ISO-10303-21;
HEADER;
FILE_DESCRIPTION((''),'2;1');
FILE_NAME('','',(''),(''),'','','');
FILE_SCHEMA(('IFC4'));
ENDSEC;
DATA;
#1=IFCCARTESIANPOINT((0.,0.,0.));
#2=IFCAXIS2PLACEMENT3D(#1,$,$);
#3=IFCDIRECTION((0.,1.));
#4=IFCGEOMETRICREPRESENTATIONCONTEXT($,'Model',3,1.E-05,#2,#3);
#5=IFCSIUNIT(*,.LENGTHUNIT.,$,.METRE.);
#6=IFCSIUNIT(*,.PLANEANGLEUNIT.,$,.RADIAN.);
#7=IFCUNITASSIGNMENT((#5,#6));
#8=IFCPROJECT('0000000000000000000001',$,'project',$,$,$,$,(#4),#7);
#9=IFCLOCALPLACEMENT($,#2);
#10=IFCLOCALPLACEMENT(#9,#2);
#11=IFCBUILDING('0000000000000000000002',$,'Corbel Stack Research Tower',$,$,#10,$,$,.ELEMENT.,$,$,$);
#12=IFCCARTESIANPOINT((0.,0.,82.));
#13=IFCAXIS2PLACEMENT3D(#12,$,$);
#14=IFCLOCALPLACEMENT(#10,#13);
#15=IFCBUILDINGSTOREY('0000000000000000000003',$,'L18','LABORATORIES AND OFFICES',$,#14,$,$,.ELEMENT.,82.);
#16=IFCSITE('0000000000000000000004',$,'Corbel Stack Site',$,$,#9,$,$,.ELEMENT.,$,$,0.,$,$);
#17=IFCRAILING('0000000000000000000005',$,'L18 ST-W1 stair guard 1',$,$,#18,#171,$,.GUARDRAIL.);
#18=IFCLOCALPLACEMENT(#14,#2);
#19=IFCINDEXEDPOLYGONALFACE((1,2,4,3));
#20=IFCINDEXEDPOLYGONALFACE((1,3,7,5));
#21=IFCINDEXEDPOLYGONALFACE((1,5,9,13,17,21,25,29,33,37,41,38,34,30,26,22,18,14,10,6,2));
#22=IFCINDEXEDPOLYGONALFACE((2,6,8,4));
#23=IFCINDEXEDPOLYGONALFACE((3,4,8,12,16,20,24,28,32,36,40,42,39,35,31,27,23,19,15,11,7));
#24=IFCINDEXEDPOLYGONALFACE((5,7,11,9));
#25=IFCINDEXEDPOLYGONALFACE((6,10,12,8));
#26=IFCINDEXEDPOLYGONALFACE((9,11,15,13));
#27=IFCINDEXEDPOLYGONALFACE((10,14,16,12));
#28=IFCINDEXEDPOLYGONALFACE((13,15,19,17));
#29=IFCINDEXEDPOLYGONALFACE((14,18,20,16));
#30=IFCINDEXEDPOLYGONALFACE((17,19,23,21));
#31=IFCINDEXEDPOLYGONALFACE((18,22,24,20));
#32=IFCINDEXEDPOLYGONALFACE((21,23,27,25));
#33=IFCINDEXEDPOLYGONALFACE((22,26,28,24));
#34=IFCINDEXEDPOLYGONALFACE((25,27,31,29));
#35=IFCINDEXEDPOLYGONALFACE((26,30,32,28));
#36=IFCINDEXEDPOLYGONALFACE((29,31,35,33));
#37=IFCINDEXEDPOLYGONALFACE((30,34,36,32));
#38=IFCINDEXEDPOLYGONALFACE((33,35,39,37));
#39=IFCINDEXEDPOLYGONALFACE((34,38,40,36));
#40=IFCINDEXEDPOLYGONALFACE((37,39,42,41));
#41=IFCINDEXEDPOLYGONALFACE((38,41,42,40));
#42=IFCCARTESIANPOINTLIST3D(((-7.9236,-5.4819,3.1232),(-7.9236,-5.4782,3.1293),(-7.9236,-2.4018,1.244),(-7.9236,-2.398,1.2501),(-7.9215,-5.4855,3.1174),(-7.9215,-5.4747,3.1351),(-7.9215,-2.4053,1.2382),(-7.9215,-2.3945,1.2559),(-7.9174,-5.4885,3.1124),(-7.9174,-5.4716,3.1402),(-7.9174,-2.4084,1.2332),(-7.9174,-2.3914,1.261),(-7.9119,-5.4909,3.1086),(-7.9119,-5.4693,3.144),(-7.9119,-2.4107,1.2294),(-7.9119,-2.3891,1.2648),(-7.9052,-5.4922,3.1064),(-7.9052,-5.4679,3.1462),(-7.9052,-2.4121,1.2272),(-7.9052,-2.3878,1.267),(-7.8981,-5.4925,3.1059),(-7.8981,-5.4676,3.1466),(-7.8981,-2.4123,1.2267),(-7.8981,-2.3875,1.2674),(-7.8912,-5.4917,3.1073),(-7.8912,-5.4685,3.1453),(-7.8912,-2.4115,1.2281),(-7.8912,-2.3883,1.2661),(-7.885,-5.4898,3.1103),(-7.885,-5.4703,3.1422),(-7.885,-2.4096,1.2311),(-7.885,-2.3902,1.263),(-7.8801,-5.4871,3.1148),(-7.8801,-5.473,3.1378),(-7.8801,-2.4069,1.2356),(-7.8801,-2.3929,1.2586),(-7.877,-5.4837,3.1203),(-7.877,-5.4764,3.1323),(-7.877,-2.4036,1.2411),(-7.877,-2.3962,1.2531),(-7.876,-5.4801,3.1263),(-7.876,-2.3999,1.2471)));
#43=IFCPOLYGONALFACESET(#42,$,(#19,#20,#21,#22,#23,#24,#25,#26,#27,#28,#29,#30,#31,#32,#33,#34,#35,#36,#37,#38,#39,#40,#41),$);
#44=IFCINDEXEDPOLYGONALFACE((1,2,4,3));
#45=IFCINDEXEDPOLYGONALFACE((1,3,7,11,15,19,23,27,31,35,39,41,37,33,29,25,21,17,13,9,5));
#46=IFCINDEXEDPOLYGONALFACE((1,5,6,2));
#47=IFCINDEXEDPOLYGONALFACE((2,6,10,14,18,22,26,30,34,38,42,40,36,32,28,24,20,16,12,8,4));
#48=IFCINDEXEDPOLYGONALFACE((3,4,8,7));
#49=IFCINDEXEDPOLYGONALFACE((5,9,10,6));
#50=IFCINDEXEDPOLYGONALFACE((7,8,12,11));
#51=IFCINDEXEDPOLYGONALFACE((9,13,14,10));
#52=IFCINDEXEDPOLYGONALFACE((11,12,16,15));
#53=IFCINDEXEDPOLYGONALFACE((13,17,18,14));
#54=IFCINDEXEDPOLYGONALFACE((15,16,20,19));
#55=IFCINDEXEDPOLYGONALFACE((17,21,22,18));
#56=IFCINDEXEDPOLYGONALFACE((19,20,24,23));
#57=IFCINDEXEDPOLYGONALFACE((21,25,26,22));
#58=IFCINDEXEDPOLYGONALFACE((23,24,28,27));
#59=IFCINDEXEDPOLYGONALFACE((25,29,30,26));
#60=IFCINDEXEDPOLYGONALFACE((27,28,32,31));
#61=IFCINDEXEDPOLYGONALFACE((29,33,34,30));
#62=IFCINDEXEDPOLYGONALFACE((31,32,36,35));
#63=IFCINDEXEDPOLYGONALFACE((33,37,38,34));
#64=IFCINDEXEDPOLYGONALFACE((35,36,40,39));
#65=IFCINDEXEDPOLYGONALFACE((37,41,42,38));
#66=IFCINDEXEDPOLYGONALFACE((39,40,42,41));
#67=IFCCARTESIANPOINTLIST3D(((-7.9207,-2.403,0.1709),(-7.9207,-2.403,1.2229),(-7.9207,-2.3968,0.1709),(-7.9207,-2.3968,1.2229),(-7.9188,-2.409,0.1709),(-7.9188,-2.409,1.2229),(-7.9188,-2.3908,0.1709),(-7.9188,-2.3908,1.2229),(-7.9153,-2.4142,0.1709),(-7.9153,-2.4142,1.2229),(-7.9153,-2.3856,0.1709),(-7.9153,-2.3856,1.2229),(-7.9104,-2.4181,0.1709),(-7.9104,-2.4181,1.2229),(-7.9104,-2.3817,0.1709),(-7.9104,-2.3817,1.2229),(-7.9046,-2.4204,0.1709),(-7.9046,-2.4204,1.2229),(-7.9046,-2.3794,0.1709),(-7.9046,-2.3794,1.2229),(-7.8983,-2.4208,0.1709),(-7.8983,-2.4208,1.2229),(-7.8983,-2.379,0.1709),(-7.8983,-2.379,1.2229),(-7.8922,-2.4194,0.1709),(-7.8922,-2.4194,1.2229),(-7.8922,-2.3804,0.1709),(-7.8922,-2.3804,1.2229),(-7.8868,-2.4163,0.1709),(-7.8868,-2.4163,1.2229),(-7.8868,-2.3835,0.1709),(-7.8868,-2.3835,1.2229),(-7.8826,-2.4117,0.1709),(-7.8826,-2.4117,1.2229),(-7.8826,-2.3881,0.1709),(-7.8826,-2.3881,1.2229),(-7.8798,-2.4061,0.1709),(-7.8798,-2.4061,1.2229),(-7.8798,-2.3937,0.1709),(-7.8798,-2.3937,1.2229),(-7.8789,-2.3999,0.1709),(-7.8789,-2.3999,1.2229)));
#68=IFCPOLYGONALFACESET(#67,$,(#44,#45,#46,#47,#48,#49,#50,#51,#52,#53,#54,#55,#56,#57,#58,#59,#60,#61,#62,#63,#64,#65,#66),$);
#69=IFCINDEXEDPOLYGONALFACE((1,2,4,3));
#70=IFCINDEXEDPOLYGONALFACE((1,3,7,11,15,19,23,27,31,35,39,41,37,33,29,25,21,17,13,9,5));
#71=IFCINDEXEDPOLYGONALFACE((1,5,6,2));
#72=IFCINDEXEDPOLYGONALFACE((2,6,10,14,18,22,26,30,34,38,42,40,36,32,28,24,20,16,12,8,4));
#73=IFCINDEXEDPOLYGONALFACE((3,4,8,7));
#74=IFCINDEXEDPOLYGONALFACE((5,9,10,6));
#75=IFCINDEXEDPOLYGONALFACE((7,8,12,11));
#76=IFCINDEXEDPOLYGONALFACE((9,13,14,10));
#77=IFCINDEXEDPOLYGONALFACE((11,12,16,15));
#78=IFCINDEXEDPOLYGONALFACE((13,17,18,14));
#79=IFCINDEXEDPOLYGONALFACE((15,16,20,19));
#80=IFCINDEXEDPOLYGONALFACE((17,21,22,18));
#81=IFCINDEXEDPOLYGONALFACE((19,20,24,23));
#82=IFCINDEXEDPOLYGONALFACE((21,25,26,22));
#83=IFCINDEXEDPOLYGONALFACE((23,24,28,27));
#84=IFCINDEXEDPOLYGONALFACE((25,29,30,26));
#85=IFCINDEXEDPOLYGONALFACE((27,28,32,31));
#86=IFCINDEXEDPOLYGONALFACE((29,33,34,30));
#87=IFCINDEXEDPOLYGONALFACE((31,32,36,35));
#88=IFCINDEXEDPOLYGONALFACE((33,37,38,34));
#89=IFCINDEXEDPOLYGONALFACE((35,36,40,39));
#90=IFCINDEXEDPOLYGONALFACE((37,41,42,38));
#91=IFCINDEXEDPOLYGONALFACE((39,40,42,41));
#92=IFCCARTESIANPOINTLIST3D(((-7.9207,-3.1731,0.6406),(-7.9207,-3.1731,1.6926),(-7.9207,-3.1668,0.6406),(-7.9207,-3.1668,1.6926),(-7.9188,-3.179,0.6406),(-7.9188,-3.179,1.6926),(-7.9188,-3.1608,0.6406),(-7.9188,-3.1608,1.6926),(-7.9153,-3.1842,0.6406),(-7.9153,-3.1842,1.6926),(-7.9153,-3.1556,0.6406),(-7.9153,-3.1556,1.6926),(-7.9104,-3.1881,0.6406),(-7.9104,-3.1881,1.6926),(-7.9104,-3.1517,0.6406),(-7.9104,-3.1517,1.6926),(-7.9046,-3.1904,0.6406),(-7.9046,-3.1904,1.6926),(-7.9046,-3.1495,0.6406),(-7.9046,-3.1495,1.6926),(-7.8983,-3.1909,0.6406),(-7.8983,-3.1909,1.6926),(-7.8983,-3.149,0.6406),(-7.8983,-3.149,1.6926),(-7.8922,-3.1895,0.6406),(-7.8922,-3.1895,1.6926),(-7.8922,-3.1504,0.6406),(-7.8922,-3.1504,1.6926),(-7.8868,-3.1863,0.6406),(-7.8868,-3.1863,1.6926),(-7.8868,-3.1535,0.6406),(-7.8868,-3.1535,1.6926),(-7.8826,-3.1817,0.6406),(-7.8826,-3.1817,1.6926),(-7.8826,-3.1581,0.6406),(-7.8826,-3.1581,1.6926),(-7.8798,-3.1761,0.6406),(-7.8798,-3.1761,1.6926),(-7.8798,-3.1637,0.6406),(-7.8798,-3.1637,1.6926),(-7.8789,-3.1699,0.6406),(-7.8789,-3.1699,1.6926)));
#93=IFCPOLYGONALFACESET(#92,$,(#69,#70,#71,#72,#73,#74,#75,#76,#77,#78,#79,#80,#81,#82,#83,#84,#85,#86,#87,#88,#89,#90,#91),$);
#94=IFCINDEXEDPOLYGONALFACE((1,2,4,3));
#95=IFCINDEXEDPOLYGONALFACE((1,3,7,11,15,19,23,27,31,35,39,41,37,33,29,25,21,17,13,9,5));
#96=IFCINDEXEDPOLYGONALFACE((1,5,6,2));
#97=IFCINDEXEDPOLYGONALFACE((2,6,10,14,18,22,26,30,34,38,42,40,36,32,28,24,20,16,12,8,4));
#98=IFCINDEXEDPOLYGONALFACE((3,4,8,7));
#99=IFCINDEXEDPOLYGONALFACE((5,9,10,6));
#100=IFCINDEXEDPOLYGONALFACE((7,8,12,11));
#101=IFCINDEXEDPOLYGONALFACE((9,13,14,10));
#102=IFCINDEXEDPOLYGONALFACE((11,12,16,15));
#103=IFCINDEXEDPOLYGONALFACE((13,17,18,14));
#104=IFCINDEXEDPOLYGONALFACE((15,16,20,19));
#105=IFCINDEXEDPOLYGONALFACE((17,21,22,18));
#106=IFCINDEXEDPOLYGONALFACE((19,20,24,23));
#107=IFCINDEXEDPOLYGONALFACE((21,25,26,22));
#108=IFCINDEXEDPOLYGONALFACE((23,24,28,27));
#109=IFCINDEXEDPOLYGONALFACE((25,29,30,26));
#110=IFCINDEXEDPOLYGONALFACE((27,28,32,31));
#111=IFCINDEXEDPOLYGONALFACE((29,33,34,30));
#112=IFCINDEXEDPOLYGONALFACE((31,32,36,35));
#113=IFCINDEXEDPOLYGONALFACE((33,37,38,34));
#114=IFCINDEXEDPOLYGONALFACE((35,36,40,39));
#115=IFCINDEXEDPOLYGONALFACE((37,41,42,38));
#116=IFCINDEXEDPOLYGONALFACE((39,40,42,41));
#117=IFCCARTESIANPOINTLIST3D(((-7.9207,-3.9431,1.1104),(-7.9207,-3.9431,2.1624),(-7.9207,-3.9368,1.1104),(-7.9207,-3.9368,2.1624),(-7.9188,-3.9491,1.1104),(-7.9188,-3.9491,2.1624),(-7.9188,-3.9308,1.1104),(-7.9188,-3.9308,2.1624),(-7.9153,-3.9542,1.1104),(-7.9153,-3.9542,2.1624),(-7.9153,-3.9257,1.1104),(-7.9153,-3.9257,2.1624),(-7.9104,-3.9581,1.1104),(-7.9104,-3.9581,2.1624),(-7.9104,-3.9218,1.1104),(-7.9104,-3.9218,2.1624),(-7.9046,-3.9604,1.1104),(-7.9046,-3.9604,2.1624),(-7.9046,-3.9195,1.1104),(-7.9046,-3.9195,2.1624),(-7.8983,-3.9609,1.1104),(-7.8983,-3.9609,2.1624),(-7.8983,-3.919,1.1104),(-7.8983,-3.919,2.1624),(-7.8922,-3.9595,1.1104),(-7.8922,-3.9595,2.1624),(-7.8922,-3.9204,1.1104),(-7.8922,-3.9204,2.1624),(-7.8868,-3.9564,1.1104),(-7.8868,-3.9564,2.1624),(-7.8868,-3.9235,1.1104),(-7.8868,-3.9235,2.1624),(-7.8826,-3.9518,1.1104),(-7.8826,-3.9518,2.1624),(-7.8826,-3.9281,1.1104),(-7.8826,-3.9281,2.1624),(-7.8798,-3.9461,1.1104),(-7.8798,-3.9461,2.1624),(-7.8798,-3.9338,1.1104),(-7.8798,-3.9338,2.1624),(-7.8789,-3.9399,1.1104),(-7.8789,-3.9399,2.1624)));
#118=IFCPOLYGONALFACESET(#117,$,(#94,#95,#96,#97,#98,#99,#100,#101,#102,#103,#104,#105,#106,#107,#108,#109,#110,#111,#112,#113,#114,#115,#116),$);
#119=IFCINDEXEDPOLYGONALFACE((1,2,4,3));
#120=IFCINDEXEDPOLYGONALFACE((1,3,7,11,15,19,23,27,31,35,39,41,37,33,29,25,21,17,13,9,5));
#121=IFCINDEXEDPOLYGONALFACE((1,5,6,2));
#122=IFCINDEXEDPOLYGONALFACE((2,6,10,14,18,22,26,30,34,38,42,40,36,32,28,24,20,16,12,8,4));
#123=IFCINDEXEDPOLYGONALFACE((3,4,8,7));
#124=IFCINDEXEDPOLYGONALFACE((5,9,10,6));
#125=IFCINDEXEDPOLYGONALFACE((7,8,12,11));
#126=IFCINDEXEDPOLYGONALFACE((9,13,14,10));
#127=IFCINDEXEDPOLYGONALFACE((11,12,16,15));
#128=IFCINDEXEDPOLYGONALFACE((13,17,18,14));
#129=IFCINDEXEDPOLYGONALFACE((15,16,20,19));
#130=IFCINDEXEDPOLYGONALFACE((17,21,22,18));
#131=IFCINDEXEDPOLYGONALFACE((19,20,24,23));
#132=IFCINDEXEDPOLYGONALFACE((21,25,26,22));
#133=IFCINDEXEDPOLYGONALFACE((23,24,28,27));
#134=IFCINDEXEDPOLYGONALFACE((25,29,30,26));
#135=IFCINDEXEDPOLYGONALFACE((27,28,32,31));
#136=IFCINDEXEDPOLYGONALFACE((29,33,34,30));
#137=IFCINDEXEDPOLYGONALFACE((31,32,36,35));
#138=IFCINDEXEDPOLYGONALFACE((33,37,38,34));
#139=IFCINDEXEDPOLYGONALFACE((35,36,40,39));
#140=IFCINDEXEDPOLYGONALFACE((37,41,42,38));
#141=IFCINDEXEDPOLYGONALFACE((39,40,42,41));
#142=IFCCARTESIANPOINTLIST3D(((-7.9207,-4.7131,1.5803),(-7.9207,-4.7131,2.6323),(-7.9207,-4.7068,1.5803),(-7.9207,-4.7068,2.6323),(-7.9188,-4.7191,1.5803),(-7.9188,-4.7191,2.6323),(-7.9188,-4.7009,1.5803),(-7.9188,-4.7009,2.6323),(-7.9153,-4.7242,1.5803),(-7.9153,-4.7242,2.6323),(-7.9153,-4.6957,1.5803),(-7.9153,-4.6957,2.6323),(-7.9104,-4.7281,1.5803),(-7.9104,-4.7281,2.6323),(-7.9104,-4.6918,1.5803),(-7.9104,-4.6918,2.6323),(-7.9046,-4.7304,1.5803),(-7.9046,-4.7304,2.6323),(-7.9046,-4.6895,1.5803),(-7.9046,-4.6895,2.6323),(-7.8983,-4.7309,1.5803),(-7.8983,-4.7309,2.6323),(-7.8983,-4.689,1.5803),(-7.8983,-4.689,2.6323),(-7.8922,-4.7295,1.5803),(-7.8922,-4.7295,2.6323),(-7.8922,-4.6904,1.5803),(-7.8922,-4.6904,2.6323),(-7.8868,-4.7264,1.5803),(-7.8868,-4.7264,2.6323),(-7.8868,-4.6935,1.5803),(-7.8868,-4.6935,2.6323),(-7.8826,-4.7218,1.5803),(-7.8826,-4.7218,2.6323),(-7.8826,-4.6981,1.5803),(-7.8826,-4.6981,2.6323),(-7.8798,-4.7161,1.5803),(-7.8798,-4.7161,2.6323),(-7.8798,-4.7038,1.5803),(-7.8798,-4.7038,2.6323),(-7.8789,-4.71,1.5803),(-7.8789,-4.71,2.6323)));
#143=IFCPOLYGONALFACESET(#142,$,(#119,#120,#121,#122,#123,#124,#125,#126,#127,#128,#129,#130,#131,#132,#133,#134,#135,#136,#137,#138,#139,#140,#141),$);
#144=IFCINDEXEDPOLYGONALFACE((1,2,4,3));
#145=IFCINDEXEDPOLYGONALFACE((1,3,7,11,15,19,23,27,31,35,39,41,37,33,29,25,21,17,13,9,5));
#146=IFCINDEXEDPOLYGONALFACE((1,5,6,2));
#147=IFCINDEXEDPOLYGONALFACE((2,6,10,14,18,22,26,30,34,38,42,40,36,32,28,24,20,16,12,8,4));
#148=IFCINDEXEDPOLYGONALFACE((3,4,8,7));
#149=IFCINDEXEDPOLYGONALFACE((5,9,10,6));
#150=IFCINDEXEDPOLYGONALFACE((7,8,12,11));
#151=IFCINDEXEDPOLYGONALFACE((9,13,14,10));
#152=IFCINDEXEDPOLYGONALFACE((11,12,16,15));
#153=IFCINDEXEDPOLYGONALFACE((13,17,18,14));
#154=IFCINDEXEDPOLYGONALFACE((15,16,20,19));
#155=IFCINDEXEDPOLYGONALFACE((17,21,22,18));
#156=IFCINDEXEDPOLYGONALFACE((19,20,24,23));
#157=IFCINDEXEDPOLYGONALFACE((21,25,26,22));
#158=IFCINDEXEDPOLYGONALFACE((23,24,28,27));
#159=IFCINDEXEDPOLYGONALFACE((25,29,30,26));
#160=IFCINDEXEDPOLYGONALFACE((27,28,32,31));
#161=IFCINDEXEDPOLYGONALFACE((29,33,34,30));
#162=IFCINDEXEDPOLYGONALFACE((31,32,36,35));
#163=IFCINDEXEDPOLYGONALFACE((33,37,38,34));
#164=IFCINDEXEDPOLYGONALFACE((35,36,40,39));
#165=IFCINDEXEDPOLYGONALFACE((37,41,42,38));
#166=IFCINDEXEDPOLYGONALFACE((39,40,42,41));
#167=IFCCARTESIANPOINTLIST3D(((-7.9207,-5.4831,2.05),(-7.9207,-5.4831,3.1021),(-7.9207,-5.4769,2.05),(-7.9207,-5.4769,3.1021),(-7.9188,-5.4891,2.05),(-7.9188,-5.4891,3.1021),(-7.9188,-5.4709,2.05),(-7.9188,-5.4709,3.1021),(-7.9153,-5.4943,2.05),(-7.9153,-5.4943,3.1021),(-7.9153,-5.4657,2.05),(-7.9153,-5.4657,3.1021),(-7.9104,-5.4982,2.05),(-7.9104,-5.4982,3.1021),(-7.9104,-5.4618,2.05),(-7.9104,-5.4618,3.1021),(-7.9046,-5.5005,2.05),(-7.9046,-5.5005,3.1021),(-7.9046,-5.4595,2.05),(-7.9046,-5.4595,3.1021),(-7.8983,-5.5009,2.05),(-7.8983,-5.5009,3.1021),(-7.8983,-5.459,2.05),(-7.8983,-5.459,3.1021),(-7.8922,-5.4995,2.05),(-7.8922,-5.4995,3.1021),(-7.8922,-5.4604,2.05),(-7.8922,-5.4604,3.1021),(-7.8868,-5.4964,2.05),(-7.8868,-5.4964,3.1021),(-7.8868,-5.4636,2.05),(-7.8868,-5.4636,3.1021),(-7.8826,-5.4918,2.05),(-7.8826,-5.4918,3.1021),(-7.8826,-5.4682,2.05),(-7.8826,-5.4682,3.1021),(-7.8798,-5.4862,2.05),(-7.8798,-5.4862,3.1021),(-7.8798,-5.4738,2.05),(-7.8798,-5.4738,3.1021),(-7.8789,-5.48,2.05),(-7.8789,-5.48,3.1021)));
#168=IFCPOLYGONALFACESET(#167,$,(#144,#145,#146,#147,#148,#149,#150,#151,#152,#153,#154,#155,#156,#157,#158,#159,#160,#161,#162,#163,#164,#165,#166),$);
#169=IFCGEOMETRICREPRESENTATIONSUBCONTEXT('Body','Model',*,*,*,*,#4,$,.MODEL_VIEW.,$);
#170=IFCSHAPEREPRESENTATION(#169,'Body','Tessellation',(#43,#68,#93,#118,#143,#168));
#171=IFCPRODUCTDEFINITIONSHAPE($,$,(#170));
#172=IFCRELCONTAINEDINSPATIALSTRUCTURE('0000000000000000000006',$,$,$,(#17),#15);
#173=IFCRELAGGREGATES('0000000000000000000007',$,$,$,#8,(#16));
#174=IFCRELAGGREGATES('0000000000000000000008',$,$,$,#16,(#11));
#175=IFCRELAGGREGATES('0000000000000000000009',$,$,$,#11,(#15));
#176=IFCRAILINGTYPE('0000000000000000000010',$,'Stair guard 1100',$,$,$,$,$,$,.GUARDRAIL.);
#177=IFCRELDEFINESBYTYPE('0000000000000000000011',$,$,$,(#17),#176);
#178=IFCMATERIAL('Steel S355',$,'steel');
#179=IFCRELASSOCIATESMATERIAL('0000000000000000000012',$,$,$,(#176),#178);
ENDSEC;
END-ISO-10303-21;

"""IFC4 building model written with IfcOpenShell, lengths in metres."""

from ifc_helpers import new_model, si_unit, direction, frame, origin, origin_2d, place, context, subcontext, project, spatial, circle, extrude, material, type_object, element, save


model = new_model("IFC4")

# Units and contexts
model_context = context("Model", 3, precision=1e-05, world=origin(), true_north=direction((0.0, 1.0)))
body_context = subcontext(model_context, "Body", "Model", "MODEL_VIEW")
ifc_project = project(units=[si_unit("LENGTHUNIT", "METRE"), si_unit("PLANEANGLEUNIT", "RADIAN")], contexts=[model_context])

# Site, building, storey
site_placement = place(None, origin())
site = spatial("IfcSite", under=ifc_project, at=site_placement, Name="Corbel Stack Site", CompositionType="ELEMENT", RefElevation=0.0)
building_placement = place(site_placement, origin())
building = spatial("IfcBuilding", under=site, at=building_placement, Name="Corbel Stack Research Tower", CompositionType="ELEMENT")
storey_placement = place(building_placement, frame((0.0, 0.0, 82.0)))
storey = spatial("IfcBuildingStorey", under=building, at=storey_placement, Name="L18", Description="LABORATORIES AND OFFICES", CompositionType="ELEMENT", Elevation=82.0)

# Railing
ifc_material_1 = material(Name="Steel S355", Category="steel")
railing_type = type_object("IfcRailingType", Name="Stair guard 1100", PredefinedType="GUARDRAIL", material=ifc_material_1)
railing_1_placement = place(storey_placement, frame((-7.8999, -2.3999, 0.1709)))
element("IfcRailing", 1, at=railing_1_placement, inside=storey, type_object=railing_type, Name="L18 ST-W1 stair guard 1", PredefinedType="GUARDRAIL", context=body_context, shape_type="SweptSolid", body=[
    extrude(circle(Radius=0.0239, at=origin_2d()), frame((0.0, 0.0, 1.0762), z_axis=(0.0, -0.853666, 0.52082), x_axis=(1.0, 0.0, 0.0)), (0.0, 0.0, 1.0), 3.6082),
    extrude(circle(Radius=0.021, at=origin_2d()), origin(), (0.0, 0.0, 1.0), 1.052),
    extrude(circle(Radius=0.021, at=origin_2d()), frame((0.0, -0.77, 0.4697)), (0.0, 0.0, 1.0), 1.052),
    extrude(circle(Radius=0.021, at=origin_2d()), frame((0.0, -1.54, 0.9395)), (0.0, 0.0, 1.0), 1.052),
    extrude(circle(Radius=0.021, at=origin_2d()), frame((0.0, -2.3101, 1.4094)), (0.0, 0.0, 1.0), 1.052),
    extrude(circle(Radius=0.021, at=origin_2d()), frame((0.0, -3.0801, 1.8792)), (0.0, 0.0, 1.0), 1.052),
])

save(model, "model.ifc")
